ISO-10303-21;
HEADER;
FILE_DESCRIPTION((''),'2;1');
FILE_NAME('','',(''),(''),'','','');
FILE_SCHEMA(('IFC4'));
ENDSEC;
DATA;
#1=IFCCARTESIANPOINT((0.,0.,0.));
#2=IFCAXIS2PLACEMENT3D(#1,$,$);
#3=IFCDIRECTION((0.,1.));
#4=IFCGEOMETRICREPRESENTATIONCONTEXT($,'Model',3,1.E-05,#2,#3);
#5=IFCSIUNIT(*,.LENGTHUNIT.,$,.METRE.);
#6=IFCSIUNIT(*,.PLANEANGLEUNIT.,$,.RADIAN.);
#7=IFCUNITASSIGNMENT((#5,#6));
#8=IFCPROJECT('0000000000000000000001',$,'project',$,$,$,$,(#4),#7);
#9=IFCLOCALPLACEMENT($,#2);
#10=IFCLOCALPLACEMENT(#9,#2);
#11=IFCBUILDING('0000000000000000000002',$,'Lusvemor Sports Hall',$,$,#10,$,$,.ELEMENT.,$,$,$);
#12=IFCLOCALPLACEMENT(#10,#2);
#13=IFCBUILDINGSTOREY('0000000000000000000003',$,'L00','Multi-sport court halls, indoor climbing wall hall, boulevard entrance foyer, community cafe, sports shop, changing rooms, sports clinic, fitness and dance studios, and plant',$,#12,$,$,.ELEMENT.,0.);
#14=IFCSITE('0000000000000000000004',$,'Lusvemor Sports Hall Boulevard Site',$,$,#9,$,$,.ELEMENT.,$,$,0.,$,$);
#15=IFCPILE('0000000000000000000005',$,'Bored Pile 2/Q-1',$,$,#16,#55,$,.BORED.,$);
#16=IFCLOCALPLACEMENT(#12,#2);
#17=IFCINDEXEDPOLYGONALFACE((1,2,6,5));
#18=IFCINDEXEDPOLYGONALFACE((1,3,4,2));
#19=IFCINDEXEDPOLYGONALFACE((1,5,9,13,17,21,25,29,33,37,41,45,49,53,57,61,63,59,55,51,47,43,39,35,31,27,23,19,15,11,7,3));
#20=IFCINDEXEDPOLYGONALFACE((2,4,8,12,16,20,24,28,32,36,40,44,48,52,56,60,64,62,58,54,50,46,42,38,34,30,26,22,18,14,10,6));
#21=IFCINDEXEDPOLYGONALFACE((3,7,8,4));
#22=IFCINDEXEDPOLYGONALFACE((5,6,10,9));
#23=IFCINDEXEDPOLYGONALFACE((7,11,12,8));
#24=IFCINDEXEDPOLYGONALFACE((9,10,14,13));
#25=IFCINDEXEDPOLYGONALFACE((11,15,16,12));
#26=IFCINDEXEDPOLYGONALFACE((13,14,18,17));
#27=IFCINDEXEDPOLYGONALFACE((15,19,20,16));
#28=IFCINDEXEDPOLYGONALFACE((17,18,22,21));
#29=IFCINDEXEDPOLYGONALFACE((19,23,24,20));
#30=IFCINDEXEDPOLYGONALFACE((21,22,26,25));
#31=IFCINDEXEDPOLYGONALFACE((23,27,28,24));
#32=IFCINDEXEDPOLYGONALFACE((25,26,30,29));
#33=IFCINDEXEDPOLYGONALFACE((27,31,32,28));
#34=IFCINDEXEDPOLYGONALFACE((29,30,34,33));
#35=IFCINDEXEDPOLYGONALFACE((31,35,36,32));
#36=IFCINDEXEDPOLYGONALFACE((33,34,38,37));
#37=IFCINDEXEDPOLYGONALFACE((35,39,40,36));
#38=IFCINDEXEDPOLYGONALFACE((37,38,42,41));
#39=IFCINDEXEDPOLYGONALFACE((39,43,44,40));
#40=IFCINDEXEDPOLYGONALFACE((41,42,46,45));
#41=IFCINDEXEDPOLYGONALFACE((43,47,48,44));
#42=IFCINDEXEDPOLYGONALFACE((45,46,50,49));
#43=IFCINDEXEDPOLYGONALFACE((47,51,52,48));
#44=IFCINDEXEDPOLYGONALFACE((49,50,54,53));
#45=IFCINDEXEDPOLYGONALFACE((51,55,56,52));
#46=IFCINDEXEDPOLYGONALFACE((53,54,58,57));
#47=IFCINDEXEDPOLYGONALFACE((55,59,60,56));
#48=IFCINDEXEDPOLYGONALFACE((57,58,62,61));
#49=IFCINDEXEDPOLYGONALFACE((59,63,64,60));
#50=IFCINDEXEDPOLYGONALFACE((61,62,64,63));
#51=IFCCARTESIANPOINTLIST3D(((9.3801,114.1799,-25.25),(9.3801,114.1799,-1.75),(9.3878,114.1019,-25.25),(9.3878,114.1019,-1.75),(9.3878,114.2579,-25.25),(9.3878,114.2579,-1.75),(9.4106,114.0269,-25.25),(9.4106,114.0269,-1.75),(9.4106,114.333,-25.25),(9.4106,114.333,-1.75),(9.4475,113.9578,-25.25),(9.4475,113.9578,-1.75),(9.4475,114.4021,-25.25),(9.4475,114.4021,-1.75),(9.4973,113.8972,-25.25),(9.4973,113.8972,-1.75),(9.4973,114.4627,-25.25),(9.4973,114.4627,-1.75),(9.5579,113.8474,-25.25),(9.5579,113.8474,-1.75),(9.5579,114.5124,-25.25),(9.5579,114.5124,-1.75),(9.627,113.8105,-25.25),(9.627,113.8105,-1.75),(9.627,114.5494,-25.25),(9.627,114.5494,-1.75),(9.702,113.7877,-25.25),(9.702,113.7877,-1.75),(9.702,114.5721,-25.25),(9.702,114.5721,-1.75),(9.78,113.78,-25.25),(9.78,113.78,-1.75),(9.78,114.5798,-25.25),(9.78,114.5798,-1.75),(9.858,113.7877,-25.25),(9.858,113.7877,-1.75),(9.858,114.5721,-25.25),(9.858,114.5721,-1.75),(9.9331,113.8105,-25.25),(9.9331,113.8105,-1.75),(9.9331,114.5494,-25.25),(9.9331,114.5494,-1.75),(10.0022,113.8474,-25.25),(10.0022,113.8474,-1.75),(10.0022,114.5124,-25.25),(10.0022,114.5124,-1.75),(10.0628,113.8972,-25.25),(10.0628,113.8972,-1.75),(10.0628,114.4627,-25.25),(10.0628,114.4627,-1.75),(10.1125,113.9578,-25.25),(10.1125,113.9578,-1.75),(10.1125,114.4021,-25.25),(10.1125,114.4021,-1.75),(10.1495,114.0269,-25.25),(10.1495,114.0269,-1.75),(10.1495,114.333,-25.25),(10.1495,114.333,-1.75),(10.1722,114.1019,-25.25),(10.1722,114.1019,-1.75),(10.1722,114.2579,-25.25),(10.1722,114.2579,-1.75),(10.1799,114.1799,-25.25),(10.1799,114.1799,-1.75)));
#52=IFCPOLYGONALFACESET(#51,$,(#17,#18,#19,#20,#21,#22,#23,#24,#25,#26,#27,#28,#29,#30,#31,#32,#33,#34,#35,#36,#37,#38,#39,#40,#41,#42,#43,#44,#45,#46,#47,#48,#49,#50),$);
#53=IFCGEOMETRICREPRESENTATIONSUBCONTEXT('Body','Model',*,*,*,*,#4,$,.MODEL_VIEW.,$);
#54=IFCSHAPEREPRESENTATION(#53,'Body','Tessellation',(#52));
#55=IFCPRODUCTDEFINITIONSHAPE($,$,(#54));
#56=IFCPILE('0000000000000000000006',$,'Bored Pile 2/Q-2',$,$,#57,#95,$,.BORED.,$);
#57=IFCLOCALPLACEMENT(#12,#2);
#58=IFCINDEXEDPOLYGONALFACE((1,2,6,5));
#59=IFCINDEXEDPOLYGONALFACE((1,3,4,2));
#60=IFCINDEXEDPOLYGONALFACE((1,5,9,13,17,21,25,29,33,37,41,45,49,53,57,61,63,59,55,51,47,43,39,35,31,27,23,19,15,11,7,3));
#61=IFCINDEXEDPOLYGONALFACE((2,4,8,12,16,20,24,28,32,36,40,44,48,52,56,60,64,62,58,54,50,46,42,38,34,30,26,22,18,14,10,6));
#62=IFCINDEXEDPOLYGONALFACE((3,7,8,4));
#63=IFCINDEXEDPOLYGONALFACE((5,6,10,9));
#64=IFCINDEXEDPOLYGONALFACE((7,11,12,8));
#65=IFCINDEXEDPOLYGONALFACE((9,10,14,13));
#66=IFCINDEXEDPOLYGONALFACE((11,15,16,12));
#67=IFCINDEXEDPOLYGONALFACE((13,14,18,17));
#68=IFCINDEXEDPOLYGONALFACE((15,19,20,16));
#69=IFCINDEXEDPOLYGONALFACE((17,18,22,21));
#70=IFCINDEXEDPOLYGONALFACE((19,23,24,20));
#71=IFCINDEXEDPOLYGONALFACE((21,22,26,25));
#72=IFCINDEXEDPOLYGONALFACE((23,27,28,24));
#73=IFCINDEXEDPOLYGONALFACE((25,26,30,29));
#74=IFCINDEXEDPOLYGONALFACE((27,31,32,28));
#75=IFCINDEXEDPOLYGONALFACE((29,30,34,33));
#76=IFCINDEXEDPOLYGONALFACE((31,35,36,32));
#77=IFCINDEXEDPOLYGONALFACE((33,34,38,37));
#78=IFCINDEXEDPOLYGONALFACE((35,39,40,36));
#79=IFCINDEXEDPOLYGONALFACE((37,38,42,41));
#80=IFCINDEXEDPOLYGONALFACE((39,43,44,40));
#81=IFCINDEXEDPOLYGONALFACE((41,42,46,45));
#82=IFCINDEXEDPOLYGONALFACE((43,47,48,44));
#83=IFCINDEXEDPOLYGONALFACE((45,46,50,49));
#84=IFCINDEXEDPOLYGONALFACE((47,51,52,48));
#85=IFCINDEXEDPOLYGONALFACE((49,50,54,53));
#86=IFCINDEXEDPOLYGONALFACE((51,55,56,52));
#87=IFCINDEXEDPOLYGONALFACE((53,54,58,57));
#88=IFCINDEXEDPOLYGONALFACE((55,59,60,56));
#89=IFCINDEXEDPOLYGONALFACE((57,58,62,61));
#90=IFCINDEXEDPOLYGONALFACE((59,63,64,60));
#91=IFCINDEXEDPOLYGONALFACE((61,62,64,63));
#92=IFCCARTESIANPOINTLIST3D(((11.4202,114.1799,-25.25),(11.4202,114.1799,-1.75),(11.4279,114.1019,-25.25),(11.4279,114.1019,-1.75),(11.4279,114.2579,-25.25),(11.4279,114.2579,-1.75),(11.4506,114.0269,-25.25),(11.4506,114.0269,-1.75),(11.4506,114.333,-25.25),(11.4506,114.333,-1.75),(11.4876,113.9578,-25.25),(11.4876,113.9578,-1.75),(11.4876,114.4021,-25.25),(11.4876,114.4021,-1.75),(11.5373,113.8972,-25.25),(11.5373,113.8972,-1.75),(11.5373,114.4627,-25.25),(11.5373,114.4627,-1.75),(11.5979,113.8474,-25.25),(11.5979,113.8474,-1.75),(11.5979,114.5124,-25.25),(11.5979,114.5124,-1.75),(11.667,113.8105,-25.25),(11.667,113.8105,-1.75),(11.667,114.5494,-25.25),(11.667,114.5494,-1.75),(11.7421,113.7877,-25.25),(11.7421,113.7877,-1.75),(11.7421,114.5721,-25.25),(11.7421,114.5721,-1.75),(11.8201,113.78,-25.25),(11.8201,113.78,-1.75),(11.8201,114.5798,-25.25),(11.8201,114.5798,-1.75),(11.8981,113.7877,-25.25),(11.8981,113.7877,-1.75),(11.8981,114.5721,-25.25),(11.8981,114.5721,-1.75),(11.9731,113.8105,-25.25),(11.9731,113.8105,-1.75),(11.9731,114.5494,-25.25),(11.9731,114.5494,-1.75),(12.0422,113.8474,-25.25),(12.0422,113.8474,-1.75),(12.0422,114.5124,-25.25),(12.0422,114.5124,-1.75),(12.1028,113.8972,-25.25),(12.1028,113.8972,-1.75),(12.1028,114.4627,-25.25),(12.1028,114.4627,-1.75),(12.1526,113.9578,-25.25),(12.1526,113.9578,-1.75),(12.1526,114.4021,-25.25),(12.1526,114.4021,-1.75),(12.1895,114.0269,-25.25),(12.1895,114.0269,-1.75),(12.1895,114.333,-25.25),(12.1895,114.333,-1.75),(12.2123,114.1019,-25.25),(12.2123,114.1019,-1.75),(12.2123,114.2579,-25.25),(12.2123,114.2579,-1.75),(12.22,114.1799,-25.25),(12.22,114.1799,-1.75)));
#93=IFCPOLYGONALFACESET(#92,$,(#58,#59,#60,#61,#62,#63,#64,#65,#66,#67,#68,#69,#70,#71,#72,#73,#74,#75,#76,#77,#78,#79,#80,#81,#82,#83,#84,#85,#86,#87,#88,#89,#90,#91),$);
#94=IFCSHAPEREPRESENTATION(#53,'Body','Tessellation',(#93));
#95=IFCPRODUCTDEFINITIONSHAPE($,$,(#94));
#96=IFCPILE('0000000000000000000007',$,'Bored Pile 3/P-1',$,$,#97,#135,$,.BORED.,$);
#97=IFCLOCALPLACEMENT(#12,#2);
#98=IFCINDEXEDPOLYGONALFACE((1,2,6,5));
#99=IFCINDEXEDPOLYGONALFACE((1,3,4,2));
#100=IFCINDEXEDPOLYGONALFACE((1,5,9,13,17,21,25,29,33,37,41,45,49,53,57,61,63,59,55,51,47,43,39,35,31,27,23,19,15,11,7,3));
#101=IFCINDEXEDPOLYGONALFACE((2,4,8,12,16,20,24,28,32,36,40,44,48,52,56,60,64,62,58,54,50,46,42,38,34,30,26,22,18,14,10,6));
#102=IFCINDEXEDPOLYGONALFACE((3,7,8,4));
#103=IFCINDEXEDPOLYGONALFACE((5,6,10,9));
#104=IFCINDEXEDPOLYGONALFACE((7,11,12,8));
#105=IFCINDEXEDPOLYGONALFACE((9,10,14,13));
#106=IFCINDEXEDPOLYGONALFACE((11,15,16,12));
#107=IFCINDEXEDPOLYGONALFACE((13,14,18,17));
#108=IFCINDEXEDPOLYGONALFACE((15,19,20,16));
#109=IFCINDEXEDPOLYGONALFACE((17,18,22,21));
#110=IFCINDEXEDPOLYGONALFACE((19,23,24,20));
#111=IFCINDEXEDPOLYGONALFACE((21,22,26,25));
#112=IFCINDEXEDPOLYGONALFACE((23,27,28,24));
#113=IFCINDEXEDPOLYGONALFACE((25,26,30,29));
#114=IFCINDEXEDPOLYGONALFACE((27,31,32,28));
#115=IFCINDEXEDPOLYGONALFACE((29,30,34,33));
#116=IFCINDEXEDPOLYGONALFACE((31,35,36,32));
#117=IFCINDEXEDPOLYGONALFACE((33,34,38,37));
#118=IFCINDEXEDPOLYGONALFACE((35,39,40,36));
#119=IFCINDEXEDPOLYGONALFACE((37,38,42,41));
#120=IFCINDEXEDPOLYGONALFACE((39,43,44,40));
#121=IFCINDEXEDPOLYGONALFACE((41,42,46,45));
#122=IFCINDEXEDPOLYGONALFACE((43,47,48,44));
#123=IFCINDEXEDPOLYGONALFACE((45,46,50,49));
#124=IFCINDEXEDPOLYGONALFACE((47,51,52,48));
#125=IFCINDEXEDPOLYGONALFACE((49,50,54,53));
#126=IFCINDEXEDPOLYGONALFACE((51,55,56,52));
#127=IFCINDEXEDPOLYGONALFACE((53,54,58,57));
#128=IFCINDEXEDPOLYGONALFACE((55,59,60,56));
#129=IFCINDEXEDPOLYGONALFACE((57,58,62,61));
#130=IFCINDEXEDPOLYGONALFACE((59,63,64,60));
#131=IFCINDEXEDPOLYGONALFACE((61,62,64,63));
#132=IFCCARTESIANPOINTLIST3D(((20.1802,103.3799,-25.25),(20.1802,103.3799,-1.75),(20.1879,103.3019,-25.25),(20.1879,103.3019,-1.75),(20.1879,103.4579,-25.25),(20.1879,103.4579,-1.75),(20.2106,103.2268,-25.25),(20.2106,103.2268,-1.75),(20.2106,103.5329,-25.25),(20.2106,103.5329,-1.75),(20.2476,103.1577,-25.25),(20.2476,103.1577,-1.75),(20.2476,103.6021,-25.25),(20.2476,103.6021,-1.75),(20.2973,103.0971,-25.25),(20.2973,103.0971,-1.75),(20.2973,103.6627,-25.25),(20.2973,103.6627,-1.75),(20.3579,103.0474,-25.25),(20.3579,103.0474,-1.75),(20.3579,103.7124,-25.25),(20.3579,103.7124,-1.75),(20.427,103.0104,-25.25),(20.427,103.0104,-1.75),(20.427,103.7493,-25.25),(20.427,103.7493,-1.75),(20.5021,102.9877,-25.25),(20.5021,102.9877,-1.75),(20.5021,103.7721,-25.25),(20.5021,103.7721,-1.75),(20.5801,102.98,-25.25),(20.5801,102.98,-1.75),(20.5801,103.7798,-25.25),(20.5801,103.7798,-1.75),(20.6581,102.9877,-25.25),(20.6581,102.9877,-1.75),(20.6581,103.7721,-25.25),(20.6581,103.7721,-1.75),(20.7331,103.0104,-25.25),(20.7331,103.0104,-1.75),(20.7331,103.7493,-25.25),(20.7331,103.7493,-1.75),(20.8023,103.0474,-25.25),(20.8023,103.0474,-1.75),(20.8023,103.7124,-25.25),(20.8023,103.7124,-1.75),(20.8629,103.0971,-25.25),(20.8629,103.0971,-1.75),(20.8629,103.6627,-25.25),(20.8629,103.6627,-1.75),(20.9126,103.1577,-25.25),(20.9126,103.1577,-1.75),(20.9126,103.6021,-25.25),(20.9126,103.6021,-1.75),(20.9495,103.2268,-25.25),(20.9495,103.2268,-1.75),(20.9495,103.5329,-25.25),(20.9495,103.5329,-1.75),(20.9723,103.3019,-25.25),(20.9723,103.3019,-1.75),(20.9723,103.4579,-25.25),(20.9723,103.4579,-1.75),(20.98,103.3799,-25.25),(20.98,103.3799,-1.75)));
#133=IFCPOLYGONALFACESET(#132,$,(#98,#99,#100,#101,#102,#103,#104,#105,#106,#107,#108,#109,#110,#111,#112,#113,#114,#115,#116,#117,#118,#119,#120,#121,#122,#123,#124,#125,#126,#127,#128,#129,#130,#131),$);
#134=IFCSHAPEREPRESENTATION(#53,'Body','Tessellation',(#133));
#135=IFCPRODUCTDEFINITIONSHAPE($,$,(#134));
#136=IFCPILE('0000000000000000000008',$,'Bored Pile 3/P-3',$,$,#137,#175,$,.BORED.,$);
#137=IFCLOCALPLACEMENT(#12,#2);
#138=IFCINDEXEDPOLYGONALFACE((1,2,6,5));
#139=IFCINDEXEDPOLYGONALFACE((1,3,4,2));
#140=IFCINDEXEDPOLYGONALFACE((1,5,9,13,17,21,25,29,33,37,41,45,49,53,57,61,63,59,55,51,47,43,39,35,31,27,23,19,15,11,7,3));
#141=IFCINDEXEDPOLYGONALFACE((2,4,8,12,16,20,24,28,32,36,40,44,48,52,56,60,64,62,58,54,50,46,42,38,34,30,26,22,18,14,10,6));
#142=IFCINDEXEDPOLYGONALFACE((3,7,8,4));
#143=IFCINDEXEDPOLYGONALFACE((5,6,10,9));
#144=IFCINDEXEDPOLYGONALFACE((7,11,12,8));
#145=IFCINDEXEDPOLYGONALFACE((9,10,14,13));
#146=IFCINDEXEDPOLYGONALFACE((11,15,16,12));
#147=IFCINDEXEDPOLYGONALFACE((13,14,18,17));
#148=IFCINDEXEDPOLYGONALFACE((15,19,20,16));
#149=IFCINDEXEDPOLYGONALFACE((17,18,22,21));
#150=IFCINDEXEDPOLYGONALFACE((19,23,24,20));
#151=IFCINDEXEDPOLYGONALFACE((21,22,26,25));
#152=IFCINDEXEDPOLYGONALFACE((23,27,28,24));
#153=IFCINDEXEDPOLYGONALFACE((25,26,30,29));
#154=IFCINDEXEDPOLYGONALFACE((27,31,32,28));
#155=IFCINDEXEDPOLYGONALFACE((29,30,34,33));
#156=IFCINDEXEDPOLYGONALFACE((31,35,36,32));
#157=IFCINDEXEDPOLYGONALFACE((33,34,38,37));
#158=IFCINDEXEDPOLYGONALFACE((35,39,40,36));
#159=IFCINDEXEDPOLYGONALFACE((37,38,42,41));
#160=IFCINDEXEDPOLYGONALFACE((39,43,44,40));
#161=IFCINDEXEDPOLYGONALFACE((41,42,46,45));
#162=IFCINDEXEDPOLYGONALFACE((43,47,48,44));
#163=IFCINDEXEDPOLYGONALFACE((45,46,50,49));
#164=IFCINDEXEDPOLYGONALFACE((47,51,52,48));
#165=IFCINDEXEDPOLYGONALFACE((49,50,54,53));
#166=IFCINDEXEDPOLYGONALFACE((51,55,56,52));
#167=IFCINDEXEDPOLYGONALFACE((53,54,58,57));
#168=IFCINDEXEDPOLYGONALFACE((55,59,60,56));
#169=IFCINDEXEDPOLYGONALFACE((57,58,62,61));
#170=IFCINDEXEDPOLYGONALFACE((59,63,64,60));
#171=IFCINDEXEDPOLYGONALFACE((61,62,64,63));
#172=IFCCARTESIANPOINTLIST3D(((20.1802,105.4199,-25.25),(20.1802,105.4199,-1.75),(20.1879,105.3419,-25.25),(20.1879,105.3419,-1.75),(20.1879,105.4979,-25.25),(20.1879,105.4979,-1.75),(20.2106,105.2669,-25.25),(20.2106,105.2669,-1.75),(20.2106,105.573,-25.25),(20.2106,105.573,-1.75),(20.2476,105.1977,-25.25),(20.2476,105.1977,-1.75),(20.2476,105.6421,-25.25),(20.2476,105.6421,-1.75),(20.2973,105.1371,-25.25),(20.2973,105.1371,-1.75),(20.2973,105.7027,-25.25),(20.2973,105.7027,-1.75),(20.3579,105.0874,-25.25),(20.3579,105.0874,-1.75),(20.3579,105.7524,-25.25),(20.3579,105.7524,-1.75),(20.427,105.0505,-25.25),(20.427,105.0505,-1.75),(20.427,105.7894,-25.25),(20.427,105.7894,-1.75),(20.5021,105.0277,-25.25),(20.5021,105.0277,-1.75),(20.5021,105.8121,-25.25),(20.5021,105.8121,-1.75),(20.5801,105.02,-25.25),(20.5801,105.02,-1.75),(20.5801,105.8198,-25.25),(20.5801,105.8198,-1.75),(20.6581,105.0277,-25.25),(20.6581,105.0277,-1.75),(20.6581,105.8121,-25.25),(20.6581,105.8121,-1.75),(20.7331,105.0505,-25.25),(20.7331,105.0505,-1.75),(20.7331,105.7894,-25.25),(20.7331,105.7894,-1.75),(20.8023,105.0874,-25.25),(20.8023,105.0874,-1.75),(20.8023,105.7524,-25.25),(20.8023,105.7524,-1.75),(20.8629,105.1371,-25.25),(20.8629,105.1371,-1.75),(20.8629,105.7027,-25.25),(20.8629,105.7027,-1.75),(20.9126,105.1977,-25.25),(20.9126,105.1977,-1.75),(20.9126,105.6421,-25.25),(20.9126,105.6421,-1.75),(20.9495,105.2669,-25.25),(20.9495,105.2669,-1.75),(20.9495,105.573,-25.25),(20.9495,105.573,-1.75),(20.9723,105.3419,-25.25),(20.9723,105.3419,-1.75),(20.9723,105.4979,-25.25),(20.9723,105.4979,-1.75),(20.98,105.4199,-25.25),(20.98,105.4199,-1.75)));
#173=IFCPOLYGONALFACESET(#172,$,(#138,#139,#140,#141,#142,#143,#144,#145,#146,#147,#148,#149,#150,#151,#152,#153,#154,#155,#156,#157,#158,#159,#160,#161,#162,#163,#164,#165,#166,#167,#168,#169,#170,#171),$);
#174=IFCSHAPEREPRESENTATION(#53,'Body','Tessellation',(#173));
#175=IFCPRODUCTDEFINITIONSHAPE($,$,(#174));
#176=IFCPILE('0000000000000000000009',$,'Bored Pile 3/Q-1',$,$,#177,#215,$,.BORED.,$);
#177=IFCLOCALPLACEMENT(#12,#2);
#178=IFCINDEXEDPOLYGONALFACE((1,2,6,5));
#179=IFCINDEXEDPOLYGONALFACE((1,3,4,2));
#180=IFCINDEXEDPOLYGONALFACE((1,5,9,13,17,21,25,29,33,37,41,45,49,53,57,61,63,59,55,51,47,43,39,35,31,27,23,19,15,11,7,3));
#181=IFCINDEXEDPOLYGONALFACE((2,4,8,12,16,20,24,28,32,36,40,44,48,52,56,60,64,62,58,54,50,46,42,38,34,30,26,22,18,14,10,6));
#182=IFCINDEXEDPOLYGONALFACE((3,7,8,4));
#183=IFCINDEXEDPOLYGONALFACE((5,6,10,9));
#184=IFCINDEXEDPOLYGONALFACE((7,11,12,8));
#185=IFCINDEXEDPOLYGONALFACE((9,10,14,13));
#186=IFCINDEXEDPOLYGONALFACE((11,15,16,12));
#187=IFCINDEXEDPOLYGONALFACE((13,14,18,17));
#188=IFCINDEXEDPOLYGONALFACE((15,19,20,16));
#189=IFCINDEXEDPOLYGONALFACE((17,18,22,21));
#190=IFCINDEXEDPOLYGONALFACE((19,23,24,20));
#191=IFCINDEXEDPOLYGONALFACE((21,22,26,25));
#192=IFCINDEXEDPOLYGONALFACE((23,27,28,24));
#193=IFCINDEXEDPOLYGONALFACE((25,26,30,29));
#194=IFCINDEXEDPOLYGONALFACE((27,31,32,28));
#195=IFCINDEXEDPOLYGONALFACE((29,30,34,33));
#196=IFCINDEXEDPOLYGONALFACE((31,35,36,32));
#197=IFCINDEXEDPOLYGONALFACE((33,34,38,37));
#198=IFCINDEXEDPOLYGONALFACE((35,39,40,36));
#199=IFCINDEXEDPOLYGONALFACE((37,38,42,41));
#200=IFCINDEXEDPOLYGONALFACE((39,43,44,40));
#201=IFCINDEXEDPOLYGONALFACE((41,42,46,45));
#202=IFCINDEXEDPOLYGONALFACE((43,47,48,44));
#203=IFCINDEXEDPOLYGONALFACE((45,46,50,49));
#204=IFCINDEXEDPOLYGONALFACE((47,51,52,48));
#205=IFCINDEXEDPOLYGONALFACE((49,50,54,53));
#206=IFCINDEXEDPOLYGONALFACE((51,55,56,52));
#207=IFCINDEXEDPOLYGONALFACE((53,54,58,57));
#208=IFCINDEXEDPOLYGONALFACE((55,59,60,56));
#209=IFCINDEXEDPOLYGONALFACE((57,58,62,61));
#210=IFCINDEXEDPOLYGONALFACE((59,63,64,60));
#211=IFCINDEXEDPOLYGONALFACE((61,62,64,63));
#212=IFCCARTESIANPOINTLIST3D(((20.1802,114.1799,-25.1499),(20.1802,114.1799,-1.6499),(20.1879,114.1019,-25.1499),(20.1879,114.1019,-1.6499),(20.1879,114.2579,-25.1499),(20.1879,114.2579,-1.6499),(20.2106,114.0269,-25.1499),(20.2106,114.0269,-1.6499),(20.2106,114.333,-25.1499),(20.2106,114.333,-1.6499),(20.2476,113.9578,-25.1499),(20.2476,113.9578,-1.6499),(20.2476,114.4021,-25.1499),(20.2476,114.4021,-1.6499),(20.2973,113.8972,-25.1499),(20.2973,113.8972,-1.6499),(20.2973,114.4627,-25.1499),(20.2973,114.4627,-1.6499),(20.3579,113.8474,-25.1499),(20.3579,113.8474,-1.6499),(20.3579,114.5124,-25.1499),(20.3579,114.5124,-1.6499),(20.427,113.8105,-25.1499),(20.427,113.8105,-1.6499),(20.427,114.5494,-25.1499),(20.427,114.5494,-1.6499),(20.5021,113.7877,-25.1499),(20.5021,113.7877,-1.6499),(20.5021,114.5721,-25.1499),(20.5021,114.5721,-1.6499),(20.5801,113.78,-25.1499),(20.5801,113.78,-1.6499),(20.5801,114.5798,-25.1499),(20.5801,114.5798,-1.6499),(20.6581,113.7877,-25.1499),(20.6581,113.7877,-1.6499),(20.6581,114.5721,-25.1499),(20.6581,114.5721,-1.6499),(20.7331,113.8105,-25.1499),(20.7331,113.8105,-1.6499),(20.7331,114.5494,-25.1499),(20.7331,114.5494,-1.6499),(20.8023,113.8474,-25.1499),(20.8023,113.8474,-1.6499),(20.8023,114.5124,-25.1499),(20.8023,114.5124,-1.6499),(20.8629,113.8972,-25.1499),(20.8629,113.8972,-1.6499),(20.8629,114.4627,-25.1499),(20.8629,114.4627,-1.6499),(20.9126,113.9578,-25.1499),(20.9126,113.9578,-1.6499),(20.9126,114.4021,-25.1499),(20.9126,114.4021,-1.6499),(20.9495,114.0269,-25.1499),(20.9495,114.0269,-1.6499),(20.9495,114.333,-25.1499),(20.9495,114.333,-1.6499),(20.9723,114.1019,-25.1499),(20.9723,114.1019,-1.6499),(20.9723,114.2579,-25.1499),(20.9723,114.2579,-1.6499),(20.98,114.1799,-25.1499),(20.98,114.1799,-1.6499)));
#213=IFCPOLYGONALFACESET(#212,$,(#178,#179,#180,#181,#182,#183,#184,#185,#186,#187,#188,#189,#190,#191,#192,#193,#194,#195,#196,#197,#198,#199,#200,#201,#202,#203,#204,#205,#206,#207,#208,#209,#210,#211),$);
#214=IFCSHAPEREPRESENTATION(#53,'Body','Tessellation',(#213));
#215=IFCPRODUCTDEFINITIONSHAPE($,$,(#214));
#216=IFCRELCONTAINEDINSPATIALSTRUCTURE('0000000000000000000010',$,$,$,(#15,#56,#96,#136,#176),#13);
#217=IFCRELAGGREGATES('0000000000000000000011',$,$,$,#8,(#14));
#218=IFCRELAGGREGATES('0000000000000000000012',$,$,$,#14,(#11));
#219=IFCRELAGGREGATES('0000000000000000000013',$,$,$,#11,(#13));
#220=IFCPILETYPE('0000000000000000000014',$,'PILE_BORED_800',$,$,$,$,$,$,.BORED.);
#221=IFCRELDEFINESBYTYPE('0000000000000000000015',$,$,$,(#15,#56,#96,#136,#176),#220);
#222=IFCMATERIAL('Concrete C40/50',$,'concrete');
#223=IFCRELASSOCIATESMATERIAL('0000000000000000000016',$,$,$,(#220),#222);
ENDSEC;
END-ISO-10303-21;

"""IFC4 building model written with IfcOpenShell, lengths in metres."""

from ifc_helpers import new_model, si_unit, direction, frame, origin, origin_2d, place, context, subcontext, project, spatial, circle, extrude, material, material_profile, profile_set, type_object, element, save


model = new_model("IFC4")

# Units and contexts
model_context = context("Model", 3, precision=1e-05, world=origin(), true_north=direction((0.0, 1.0)))
body_context = subcontext(model_context, "Body", "Model", "MODEL_VIEW")
ifc_project = project(units=[si_unit("LENGTHUNIT", "METRE"), si_unit("PLANEANGLEUNIT", "RADIAN")], contexts=[model_context])

# Site, building, storey
site_placement = place(None, origin())
site = spatial("IfcSite", under=ifc_project, at=site_placement, Name="Lusvemor Sports Hall Boulevard Site", CompositionType="ELEMENT", RefElevation=0.0)
building_placement = place(site_placement, origin())
building = spatial("IfcBuilding", under=site, at=building_placement, Name="Lusvemor Sports Hall", CompositionType="ELEMENT")
storey_placement = place(building_placement, origin())
storey = spatial("IfcBuildingStorey", under=building, at=storey_placement, Name="L00", Description="Multi-sport court halls, indoor climbing wall hall, boulevard entrance foyer, community cafe, sports shop, changing rooms, sports clinic, fitness and dance studios, and plant", CompositionType="ELEMENT", Elevation=0.0)

# Piles
ifc_material_1 = material(Name="Concrete C40/50", Category="concrete")
ifc_material_profile_1 = material_profile(ifc_material_1, circle(Radius=0.3999, at=origin_2d()), Name="PILE800")
ifc_profile_set_1 = profile_set([ifc_material_profile_1], Name="Concrete C40/50")
pile_type = type_object("IfcPileType", Name="PILE_BORED_800", PredefinedType="BORED", material=ifc_profile_set_1)
for number, where, z_axis, x_axis, name in (
    (1, (9.78, 114.1799, -1.75), (0.0, 0.0, -1.0), (1.0, 0.0, 0.0), "Bored Pile 2/Q-1"),
    (2, (11.8201, 114.1799, -1.75), (0.0, 0.0, -1.0), (1.0, 0.0, 0.0), "Bored Pile 2/Q-2"),
    (3, (20.5801, 103.3799, -1.75), (0.0, 0.0, -1.0), (1.0, 0.0, 0.0), "Bored Pile 3/P-1"),
    (4, (20.5801, 105.4199, -1.75), (0.0, 0.0, -1.0), (1.0, 0.0, 0.0), "Bored Pile 3/P-3"),
    (5, (20.5801, 114.1799, -1.6499), (0.0, 0.0, -1.0), (1.0, 0.0, 0.0), "Bored Pile 3/Q-1"),
):
    element("IfcPile", number, at=place(storey_placement, frame(where, z_axis=z_axis, x_axis=x_axis)), inside=storey, type_object=pile_type, Name=name, PredefinedType="BORED", context=body_context, shape_type="SweptSolid", body=[
        extrude(circle(Radius=0.3999, at=origin_2d()), origin(), (0.0, 0.0, 1.0), 23.5),
    ])

save(model, "model.ifc")
